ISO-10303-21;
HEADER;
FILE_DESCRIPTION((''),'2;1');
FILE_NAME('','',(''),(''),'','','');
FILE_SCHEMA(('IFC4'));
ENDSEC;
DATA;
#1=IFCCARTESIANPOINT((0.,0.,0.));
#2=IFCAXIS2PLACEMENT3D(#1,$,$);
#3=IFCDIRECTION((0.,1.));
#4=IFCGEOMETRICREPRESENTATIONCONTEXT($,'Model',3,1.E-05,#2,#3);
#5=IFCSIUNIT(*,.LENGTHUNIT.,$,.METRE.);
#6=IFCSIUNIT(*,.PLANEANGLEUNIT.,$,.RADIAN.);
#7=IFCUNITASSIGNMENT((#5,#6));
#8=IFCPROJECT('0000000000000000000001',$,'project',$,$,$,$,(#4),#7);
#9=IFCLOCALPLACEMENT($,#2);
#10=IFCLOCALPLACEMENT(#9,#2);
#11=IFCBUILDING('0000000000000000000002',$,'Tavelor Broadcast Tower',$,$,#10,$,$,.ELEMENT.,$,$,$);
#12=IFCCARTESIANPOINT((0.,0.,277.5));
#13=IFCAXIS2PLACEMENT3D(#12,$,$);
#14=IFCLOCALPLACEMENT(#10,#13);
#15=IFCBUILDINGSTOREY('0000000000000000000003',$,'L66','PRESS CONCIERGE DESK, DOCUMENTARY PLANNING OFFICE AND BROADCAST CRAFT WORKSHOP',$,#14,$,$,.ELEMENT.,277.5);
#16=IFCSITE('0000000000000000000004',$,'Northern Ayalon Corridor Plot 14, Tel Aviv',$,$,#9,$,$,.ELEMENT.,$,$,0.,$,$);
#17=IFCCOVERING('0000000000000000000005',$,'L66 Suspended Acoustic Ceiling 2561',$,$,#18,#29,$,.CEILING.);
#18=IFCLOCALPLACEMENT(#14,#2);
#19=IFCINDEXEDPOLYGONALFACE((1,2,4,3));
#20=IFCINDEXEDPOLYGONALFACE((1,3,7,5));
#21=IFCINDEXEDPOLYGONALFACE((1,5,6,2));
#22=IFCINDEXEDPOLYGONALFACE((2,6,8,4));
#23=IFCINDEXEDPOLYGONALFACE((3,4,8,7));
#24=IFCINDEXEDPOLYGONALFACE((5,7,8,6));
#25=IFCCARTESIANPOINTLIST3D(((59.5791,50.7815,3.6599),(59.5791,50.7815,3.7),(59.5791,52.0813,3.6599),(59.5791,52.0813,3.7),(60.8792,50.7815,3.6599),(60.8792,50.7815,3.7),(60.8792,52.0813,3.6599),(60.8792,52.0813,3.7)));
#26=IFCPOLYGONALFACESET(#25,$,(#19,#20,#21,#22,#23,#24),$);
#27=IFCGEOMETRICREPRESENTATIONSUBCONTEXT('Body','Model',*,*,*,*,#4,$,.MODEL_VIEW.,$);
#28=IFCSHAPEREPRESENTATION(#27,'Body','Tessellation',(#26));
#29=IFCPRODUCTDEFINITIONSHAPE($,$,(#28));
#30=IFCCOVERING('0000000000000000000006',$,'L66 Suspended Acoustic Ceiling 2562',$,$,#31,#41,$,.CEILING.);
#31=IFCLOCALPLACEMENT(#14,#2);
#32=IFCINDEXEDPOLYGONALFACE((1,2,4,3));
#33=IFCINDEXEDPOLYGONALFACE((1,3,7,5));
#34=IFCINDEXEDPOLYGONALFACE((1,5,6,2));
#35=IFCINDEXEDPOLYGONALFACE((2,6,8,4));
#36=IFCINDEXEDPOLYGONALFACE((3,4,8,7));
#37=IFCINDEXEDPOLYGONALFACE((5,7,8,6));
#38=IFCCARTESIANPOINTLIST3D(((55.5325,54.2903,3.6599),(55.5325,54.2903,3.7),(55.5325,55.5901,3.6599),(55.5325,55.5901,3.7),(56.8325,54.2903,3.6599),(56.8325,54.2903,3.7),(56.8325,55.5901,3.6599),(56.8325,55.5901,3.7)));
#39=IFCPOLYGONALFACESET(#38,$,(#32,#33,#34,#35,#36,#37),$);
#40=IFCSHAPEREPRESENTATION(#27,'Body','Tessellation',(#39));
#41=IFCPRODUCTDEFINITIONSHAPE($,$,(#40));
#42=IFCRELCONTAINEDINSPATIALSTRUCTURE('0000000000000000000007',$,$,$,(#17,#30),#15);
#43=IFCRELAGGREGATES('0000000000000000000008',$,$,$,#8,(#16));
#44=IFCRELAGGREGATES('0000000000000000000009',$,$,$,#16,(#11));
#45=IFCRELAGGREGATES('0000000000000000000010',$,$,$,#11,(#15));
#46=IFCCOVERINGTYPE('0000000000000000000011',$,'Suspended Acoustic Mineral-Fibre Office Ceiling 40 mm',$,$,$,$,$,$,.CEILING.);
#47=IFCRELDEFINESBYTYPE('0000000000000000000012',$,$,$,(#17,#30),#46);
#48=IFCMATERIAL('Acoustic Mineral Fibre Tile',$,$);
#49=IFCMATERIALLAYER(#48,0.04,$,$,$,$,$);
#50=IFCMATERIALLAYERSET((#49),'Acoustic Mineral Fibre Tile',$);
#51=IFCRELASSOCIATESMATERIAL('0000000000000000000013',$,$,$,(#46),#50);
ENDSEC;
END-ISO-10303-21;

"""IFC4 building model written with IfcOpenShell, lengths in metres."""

from ifc_helpers import new_model, si_unit, direction, frame, origin, place, context, subcontext, project, spatial, polyline, outline, extrude, material, layer, layer_set, type_object, element, save


model = new_model("IFC4")

# Units and contexts
model_context = context("Model", 3, precision=1e-05, world=origin(), true_north=direction((0.0, 1.0)))
body_context = subcontext(model_context, "Body", "Model", "MODEL_VIEW")
ifc_project = project(units=[si_unit("LENGTHUNIT", "METRE"), si_unit("PLANEANGLEUNIT", "RADIAN")], contexts=[model_context])

# Site, building, storey
site_placement = place(None, origin())
site = spatial("IfcSite", under=ifc_project, at=site_placement, Name="Northern Ayalon Corridor Plot 14, Tel Aviv", CompositionType="ELEMENT", RefElevation=0.0)
building_placement = place(site_placement, origin())
building = spatial("IfcBuilding", under=site, at=building_placement, Name="Tavelor Broadcast Tower", CompositionType="ELEMENT")
storey_placement = place(building_placement, frame((0.0, 0.0, 277.5)))
storey = spatial("IfcBuildingStorey", under=building, at=storey_placement, Name="L66", Description="PRESS CONCIERGE DESK, DOCUMENTARY PLANNING OFFICE AND BROADCAST CRAFT WORKSHOP", CompositionType="ELEMENT", Elevation=277.5)

# Coverings
ifc_material_1 = material(Name="Acoustic Mineral Fibre Tile")
ifc_layer_1 = layer(ifc_material_1, 0.04)
ifc_layer_set_1 = layer_set([ifc_layer_1], Name="Acoustic Mineral Fibre Tile")
covering_type_1 = type_object("IfcCoveringType", Name="Suspended Acoustic Mineral-Fibre Office Ceiling 40 mm", PredefinedType="CEILING", material=ifc_layer_set_1)
covering_1_placement = place(storey_placement, frame((0.0, 0.0, 3.6599)))
element("IfcCovering", 1, at=covering_1_placement, inside=storey, type_object=covering_type_1, Name="L66 Suspended Acoustic Ceiling 2561", PredefinedType="CEILING", context=body_context, shape_type="SweptSolid", body=[
    extrude(outline(polyline([(59.5791, 50.7815), (60.8792, 50.7815), (60.8792, 52.0813), (59.5791, 52.0813), (59.5791, 50.7815)])), origin(), (0.0, 0.0, 1.0), 0.04),
])
covering_2_placement = place(storey_placement, frame((0.0, 0.0, 3.6599)))
element("IfcCovering", 2, at=covering_2_placement, inside=storey, type_object=covering_type_1, Name="L66 Suspended Acoustic Ceiling 2562", PredefinedType="CEILING", context=body_context, shape_type="SweptSolid", body=[
    extrude(outline(polyline([(55.5325, 54.2903), (56.8325, 54.2903), (56.8325, 55.5901), (55.5325, 55.5901), (55.5325, 54.2903)])), origin(), (0.0, 0.0, 1.0), 0.04),
])

save(model, "model.ifc")
